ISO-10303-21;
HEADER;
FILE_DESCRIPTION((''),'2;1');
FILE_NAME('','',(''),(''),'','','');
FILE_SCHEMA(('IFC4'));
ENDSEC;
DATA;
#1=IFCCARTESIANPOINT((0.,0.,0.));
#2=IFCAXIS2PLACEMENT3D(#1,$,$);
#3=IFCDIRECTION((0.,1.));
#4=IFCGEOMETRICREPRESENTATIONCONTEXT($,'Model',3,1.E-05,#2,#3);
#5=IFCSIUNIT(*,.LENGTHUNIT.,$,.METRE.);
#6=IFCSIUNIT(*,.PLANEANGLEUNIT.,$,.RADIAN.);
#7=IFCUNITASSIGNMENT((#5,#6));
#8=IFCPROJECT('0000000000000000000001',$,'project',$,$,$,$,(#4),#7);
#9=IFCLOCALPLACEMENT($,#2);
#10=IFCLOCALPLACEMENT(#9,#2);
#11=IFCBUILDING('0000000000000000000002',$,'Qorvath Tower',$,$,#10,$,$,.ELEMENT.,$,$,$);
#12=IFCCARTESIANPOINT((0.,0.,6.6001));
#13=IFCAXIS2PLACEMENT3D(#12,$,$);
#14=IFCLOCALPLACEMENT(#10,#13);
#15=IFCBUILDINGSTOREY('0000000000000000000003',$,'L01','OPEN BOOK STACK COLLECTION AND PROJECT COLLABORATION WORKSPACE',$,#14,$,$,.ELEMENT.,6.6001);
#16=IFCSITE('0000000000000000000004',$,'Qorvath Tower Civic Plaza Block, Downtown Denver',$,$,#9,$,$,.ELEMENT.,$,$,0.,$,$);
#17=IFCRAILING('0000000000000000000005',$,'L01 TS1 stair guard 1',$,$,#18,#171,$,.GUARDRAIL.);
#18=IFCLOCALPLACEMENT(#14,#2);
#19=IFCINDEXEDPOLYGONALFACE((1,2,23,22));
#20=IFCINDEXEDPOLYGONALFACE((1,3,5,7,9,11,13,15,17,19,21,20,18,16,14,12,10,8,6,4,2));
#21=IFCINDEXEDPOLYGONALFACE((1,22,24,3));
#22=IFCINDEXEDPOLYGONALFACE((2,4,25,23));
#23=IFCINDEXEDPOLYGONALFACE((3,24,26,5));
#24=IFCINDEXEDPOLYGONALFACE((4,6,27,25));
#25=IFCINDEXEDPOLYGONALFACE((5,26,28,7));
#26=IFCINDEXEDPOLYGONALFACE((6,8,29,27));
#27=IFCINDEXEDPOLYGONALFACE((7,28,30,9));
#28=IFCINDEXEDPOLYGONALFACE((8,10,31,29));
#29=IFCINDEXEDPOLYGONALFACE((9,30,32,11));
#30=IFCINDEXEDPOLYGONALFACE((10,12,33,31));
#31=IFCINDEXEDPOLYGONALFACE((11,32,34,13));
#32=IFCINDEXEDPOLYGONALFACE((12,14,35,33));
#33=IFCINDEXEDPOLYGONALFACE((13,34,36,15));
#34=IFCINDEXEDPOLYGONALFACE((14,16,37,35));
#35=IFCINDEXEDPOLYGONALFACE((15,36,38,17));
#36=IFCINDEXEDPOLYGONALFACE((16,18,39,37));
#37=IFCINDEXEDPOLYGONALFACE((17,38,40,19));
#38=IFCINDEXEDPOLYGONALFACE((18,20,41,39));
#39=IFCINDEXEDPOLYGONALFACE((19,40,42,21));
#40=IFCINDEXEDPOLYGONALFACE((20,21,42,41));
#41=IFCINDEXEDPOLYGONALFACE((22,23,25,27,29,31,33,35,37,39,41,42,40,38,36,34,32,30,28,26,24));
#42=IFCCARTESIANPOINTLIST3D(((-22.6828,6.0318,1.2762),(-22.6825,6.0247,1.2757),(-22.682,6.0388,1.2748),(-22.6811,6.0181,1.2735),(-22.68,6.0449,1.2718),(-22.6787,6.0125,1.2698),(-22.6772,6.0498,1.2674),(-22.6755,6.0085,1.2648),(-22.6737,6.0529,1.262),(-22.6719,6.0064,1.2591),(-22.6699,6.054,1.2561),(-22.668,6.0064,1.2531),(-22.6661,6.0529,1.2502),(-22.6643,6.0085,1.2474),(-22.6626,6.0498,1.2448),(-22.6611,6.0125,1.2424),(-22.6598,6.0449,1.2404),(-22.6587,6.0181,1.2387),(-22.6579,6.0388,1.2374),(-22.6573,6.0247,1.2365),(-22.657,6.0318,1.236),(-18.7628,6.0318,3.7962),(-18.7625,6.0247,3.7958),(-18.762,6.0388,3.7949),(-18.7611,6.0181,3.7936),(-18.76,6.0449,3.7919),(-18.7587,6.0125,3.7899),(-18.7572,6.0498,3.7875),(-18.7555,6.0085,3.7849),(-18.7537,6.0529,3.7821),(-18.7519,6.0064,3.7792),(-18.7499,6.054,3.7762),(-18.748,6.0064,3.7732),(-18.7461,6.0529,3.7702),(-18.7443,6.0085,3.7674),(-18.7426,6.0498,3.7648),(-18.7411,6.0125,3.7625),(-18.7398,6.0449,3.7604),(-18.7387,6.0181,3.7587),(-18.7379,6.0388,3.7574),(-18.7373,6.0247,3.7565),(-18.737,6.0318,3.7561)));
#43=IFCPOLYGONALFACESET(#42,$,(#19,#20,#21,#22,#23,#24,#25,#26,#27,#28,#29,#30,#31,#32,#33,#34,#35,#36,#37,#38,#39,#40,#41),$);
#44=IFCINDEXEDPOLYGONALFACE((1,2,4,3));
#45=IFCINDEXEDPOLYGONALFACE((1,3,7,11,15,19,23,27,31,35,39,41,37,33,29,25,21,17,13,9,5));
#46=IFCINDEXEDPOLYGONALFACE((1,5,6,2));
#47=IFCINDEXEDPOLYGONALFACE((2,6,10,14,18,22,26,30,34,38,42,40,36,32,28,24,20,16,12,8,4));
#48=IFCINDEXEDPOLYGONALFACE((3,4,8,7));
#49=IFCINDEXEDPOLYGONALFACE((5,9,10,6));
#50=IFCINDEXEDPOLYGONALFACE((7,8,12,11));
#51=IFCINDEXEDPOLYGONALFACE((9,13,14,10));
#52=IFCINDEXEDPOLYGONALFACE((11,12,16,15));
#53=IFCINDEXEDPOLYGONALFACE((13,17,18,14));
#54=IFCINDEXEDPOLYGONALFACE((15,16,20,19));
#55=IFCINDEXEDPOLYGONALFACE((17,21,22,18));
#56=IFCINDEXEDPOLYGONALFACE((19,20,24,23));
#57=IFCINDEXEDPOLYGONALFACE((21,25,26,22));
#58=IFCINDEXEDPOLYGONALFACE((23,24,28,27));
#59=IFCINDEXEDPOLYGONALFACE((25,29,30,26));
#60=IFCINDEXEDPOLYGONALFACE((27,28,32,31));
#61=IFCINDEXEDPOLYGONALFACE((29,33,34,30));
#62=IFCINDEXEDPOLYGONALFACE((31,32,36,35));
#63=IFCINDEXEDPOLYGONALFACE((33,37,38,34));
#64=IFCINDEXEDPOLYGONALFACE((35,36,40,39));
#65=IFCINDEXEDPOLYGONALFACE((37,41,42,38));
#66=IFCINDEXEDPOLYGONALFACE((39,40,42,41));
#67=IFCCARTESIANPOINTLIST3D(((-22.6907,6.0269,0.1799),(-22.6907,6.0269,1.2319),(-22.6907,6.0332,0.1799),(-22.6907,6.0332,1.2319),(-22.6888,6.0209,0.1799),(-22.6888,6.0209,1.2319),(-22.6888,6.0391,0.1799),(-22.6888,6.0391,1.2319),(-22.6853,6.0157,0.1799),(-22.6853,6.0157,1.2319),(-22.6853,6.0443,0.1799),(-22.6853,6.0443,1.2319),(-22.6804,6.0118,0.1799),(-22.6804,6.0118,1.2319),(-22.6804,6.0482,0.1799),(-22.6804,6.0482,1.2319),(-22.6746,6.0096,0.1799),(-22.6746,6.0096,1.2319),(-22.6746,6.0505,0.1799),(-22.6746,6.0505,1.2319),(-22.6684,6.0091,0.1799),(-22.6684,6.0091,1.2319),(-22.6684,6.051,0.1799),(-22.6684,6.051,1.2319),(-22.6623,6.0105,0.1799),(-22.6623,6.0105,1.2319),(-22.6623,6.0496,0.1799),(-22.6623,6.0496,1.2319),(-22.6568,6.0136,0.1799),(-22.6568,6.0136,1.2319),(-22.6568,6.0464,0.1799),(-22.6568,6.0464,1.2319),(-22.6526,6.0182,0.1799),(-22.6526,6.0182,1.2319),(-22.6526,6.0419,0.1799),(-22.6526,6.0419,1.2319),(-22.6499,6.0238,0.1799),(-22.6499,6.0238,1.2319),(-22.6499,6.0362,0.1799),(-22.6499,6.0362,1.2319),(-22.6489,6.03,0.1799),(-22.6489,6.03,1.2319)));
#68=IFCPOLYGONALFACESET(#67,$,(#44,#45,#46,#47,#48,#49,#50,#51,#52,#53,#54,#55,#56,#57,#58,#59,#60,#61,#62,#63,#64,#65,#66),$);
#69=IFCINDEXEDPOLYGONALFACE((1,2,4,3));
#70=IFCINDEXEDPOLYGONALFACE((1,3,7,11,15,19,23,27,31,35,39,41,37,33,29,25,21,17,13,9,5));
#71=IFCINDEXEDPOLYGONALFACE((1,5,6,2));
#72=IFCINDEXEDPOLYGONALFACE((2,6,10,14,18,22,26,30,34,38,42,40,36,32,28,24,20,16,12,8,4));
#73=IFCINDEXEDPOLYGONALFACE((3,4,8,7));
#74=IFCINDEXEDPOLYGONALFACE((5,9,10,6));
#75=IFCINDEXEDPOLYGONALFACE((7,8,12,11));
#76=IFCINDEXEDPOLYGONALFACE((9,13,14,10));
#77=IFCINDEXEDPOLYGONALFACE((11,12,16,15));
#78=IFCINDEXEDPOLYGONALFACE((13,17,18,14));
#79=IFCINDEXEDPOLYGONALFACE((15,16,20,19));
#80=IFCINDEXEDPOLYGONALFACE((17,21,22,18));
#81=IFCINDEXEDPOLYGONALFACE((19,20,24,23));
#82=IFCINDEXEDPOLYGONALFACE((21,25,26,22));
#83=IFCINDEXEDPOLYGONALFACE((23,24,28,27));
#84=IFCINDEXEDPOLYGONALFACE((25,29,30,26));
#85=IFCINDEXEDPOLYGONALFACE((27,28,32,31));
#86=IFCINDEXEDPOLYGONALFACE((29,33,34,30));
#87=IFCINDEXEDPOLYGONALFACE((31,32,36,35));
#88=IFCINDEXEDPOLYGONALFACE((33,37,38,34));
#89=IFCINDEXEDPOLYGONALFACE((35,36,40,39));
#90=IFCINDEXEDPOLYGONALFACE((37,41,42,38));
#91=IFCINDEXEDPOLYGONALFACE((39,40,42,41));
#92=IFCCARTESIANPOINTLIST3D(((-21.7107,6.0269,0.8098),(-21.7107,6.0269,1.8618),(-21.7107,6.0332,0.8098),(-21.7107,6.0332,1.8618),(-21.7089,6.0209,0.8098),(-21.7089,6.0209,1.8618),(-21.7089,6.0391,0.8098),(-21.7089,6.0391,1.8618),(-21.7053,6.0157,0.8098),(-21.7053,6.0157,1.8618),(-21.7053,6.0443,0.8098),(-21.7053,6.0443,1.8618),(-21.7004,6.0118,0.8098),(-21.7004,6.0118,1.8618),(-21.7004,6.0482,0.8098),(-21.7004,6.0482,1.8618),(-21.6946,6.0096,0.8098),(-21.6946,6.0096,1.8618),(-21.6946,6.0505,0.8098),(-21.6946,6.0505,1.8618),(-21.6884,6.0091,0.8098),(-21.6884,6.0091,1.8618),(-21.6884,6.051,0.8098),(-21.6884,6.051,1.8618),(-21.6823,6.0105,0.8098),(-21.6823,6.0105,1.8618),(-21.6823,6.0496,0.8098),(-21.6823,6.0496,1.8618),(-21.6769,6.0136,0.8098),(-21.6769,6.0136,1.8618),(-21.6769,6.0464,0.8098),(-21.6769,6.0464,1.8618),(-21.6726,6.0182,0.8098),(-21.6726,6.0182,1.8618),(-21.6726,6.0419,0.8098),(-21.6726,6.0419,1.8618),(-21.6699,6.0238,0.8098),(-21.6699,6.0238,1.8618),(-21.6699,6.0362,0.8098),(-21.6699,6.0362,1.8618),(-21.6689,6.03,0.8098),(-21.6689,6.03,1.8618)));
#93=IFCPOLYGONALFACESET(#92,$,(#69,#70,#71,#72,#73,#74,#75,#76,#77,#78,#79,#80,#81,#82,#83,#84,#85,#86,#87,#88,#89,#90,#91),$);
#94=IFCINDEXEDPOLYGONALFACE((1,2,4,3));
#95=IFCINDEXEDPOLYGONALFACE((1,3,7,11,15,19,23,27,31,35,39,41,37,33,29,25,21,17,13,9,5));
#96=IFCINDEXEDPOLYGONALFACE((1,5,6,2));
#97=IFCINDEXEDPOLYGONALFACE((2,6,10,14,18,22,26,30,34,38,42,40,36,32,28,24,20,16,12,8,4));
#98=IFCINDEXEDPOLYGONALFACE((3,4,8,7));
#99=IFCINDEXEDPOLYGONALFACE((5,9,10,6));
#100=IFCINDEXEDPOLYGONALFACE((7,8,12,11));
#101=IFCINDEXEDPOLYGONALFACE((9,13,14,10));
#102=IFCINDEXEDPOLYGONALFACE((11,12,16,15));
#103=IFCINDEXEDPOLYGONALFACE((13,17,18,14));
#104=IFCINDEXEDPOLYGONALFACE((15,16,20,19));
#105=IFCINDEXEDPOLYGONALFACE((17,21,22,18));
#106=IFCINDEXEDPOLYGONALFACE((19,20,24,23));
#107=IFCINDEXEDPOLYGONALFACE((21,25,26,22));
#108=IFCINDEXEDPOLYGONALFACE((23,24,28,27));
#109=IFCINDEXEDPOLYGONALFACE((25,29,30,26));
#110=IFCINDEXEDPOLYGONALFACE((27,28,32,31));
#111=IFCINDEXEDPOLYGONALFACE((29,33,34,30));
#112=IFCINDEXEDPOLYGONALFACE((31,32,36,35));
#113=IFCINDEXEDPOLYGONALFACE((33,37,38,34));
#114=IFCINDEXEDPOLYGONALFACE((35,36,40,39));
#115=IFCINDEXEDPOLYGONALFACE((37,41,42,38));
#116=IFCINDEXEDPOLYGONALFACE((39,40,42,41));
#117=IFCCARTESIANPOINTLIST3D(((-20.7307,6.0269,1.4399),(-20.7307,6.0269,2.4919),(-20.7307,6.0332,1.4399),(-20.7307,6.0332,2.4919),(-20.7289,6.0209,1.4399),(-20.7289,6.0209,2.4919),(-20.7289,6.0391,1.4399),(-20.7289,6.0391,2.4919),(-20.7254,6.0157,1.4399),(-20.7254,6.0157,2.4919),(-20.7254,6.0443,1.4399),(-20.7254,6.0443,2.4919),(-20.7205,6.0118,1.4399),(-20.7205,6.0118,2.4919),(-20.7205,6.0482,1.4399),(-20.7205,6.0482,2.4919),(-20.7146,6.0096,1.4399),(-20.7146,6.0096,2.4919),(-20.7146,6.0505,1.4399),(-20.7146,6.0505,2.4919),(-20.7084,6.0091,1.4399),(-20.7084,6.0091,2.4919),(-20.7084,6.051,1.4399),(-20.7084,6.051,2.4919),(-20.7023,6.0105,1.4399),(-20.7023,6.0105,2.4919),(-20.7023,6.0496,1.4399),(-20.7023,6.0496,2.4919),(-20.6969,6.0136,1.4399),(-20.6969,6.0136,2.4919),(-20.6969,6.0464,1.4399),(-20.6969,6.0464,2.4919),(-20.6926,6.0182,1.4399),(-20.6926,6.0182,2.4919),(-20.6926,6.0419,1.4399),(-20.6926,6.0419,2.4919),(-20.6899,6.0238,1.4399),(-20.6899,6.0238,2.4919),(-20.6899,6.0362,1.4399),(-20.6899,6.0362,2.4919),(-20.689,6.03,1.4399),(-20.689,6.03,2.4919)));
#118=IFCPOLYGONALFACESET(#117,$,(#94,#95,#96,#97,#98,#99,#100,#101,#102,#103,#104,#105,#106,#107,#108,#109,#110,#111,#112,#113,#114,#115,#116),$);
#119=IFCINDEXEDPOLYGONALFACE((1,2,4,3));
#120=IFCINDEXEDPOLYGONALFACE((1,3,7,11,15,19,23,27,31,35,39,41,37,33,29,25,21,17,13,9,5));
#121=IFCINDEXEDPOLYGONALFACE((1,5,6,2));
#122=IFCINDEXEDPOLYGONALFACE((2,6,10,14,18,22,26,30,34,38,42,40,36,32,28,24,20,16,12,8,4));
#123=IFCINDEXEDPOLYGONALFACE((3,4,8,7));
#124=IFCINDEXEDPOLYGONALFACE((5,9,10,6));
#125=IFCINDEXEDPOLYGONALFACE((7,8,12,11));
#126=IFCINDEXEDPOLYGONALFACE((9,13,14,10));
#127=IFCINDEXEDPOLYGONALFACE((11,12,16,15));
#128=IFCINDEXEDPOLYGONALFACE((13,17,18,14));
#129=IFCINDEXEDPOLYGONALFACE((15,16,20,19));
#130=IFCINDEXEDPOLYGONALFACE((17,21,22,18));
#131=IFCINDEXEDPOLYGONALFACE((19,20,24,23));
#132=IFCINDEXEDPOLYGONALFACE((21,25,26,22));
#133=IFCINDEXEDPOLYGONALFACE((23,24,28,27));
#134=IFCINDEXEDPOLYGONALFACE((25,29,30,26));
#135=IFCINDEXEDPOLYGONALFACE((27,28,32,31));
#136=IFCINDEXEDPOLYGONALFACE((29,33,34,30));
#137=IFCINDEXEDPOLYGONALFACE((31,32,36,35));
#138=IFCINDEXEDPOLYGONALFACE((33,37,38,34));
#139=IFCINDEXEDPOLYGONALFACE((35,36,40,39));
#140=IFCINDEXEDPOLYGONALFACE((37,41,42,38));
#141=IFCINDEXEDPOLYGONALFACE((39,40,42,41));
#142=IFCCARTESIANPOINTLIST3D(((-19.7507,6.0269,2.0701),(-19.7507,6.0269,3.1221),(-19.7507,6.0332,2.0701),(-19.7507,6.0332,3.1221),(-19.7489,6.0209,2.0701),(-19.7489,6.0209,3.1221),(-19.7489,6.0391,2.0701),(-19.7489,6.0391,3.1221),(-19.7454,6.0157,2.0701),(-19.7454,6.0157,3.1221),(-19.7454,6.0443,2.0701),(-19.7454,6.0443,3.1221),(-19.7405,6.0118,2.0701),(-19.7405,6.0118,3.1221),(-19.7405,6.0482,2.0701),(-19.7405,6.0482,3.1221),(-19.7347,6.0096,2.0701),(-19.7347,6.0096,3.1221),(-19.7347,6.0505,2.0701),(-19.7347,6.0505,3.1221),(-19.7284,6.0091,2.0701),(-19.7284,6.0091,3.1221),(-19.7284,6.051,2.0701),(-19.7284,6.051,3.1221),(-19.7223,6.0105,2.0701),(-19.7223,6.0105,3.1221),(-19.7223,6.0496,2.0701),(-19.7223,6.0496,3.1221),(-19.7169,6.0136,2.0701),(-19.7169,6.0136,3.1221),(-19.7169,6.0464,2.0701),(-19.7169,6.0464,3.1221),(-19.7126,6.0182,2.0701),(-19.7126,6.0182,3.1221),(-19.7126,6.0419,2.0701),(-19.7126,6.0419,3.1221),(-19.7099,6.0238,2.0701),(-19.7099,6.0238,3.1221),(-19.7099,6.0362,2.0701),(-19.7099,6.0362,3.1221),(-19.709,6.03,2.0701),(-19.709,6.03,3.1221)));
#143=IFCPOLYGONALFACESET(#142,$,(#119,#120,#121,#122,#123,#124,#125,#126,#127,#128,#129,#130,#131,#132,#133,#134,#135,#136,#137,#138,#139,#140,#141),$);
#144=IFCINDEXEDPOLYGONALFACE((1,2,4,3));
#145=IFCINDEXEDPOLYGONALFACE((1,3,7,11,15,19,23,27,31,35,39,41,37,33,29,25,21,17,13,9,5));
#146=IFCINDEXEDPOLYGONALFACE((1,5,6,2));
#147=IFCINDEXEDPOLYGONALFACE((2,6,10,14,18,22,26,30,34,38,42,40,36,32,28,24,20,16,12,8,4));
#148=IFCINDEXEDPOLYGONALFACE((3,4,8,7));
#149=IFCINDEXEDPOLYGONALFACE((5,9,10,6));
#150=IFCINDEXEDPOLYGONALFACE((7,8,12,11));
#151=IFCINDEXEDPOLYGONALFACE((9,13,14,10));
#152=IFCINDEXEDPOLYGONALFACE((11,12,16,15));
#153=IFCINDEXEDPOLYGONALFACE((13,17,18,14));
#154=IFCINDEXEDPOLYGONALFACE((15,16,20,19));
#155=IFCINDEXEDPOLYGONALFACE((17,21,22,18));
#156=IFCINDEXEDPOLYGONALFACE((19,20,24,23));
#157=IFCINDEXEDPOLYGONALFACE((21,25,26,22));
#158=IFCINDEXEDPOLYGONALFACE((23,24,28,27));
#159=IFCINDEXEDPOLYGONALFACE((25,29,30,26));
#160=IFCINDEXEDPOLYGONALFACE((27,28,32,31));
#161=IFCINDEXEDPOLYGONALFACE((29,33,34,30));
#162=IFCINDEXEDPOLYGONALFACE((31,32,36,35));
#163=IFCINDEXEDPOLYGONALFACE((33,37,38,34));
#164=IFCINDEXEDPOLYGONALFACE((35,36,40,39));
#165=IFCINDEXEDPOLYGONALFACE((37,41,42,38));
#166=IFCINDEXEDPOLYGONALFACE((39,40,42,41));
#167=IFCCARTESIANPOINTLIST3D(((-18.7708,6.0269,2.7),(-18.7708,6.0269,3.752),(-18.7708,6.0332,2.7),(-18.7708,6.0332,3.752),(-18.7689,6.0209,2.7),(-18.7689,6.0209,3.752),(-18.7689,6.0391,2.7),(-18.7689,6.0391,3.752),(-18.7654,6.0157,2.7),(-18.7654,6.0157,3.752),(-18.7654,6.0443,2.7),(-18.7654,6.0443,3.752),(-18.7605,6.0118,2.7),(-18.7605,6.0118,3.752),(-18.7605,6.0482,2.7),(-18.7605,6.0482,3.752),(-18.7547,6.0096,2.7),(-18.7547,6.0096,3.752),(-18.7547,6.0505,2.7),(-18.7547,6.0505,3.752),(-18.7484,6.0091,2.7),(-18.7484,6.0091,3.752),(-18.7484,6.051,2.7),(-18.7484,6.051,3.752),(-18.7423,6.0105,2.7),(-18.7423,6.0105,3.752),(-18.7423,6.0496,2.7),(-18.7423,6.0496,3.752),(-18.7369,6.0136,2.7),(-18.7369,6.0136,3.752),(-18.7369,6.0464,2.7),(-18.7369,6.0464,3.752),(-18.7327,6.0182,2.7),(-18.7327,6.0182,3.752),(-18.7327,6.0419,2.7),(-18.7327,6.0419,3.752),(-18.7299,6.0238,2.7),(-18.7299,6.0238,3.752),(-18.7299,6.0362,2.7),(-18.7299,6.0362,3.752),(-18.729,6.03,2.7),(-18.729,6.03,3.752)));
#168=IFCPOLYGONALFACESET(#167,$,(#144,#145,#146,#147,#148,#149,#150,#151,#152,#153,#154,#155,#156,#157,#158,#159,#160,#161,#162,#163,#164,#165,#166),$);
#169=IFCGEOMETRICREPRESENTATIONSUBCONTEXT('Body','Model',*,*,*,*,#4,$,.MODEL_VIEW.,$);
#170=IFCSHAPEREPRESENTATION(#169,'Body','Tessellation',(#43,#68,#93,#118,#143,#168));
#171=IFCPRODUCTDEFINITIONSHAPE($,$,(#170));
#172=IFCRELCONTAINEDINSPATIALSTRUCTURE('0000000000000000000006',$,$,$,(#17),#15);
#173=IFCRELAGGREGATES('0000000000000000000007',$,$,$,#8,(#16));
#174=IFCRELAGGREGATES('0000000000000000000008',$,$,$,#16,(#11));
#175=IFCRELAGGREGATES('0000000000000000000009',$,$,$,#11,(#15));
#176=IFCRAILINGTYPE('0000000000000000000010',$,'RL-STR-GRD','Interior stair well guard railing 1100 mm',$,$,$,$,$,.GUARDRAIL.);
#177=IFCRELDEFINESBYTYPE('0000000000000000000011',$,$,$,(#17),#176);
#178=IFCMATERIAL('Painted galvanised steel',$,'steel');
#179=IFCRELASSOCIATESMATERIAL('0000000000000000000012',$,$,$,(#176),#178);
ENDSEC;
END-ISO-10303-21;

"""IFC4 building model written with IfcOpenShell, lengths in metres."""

from ifc_helpers import new_model, si_unit, direction, frame, origin, origin_2d, place, context, subcontext, project, spatial, circle, extrude, material, type_object, element, save


model = new_model("IFC4")

# Units and contexts
model_context = context("Model", 3, precision=1e-05, world=origin(), true_north=direction((0.0, 1.0)))
body_context = subcontext(model_context, "Body", "Model", "MODEL_VIEW")
ifc_project = project(units=[si_unit("LENGTHUNIT", "METRE"), si_unit("PLANEANGLEUNIT", "RADIAN")], contexts=[model_context])

# Site, building, storey
site_placement = place(None, origin())
site = spatial("IfcSite", under=ifc_project, at=site_placement, Name="Qorvath Tower Civic Plaza Block, Downtown Denver", CompositionType="ELEMENT", RefElevation=0.0)
building_placement = place(site_placement, origin())
building = spatial("IfcBuilding", under=site, at=building_placement, Name="Qorvath Tower", CompositionType="ELEMENT")
storey_placement = place(building_placement, frame((0.0, 0.0, 6.6001)))
storey = spatial("IfcBuildingStorey", under=building, at=storey_placement, Name="L01", Description="OPEN BOOK STACK COLLECTION AND PROJECT COLLABORATION WORKSPACE", CompositionType="ELEMENT", Elevation=6.6001)

# Railing
ifc_material_1 = material(Name="Painted galvanised steel", Category="steel")
railing_type_1 = type_object("IfcRailingType", Name="RL-STR-GRD", Description="Interior stair well guard railing 1100 mm", PredefinedType="GUARDRAIL", material=ifc_material_1)
railing_1_placement = place(storey_placement, frame((-22.6699, 6.03, 0.1799)))
element("IfcRailing", 1, at=railing_1_placement, inside=storey, type_object=railing_type_1, Name="L01 TS1 stair guard 1", PredefinedType="GUARDRAIL", context=body_context, shape_type="SweptSolid", body=[
    extrude(circle(Radius=0.0239, at=origin_2d()), frame((0.0, 0.0, 1.0762), z_axis=(0.841172, 0.0, 0.540768), x_axis=(0.0, 1.0, 0.0)), (0.0, 0.0, 1.0), 4.6602),
    extrude(circle(Radius=0.021, at=origin_2d()), origin(), (0.0, 0.0, 1.0), 1.052),
    extrude(circle(Radius=0.021, at=origin_2d()), frame((0.98, 0.0, 0.6299)), (0.0, 0.0, 1.0), 1.052),
    extrude(circle(Radius=0.021, at=origin_2d()), frame((1.96, 0.0, 1.26)), (0.0, 0.0, 1.0), 1.052),
    extrude(circle(Radius=0.021, at=origin_2d()), frame((2.9399, 0.0, 1.8901)), (0.0, 0.0, 1.0), 1.052),
    extrude(circle(Radius=0.021, at=origin_2d()), frame((3.9199, 0.0, 2.52)), (0.0, 0.0, 1.0), 1.052),
])

save(model, "model.ifc")
